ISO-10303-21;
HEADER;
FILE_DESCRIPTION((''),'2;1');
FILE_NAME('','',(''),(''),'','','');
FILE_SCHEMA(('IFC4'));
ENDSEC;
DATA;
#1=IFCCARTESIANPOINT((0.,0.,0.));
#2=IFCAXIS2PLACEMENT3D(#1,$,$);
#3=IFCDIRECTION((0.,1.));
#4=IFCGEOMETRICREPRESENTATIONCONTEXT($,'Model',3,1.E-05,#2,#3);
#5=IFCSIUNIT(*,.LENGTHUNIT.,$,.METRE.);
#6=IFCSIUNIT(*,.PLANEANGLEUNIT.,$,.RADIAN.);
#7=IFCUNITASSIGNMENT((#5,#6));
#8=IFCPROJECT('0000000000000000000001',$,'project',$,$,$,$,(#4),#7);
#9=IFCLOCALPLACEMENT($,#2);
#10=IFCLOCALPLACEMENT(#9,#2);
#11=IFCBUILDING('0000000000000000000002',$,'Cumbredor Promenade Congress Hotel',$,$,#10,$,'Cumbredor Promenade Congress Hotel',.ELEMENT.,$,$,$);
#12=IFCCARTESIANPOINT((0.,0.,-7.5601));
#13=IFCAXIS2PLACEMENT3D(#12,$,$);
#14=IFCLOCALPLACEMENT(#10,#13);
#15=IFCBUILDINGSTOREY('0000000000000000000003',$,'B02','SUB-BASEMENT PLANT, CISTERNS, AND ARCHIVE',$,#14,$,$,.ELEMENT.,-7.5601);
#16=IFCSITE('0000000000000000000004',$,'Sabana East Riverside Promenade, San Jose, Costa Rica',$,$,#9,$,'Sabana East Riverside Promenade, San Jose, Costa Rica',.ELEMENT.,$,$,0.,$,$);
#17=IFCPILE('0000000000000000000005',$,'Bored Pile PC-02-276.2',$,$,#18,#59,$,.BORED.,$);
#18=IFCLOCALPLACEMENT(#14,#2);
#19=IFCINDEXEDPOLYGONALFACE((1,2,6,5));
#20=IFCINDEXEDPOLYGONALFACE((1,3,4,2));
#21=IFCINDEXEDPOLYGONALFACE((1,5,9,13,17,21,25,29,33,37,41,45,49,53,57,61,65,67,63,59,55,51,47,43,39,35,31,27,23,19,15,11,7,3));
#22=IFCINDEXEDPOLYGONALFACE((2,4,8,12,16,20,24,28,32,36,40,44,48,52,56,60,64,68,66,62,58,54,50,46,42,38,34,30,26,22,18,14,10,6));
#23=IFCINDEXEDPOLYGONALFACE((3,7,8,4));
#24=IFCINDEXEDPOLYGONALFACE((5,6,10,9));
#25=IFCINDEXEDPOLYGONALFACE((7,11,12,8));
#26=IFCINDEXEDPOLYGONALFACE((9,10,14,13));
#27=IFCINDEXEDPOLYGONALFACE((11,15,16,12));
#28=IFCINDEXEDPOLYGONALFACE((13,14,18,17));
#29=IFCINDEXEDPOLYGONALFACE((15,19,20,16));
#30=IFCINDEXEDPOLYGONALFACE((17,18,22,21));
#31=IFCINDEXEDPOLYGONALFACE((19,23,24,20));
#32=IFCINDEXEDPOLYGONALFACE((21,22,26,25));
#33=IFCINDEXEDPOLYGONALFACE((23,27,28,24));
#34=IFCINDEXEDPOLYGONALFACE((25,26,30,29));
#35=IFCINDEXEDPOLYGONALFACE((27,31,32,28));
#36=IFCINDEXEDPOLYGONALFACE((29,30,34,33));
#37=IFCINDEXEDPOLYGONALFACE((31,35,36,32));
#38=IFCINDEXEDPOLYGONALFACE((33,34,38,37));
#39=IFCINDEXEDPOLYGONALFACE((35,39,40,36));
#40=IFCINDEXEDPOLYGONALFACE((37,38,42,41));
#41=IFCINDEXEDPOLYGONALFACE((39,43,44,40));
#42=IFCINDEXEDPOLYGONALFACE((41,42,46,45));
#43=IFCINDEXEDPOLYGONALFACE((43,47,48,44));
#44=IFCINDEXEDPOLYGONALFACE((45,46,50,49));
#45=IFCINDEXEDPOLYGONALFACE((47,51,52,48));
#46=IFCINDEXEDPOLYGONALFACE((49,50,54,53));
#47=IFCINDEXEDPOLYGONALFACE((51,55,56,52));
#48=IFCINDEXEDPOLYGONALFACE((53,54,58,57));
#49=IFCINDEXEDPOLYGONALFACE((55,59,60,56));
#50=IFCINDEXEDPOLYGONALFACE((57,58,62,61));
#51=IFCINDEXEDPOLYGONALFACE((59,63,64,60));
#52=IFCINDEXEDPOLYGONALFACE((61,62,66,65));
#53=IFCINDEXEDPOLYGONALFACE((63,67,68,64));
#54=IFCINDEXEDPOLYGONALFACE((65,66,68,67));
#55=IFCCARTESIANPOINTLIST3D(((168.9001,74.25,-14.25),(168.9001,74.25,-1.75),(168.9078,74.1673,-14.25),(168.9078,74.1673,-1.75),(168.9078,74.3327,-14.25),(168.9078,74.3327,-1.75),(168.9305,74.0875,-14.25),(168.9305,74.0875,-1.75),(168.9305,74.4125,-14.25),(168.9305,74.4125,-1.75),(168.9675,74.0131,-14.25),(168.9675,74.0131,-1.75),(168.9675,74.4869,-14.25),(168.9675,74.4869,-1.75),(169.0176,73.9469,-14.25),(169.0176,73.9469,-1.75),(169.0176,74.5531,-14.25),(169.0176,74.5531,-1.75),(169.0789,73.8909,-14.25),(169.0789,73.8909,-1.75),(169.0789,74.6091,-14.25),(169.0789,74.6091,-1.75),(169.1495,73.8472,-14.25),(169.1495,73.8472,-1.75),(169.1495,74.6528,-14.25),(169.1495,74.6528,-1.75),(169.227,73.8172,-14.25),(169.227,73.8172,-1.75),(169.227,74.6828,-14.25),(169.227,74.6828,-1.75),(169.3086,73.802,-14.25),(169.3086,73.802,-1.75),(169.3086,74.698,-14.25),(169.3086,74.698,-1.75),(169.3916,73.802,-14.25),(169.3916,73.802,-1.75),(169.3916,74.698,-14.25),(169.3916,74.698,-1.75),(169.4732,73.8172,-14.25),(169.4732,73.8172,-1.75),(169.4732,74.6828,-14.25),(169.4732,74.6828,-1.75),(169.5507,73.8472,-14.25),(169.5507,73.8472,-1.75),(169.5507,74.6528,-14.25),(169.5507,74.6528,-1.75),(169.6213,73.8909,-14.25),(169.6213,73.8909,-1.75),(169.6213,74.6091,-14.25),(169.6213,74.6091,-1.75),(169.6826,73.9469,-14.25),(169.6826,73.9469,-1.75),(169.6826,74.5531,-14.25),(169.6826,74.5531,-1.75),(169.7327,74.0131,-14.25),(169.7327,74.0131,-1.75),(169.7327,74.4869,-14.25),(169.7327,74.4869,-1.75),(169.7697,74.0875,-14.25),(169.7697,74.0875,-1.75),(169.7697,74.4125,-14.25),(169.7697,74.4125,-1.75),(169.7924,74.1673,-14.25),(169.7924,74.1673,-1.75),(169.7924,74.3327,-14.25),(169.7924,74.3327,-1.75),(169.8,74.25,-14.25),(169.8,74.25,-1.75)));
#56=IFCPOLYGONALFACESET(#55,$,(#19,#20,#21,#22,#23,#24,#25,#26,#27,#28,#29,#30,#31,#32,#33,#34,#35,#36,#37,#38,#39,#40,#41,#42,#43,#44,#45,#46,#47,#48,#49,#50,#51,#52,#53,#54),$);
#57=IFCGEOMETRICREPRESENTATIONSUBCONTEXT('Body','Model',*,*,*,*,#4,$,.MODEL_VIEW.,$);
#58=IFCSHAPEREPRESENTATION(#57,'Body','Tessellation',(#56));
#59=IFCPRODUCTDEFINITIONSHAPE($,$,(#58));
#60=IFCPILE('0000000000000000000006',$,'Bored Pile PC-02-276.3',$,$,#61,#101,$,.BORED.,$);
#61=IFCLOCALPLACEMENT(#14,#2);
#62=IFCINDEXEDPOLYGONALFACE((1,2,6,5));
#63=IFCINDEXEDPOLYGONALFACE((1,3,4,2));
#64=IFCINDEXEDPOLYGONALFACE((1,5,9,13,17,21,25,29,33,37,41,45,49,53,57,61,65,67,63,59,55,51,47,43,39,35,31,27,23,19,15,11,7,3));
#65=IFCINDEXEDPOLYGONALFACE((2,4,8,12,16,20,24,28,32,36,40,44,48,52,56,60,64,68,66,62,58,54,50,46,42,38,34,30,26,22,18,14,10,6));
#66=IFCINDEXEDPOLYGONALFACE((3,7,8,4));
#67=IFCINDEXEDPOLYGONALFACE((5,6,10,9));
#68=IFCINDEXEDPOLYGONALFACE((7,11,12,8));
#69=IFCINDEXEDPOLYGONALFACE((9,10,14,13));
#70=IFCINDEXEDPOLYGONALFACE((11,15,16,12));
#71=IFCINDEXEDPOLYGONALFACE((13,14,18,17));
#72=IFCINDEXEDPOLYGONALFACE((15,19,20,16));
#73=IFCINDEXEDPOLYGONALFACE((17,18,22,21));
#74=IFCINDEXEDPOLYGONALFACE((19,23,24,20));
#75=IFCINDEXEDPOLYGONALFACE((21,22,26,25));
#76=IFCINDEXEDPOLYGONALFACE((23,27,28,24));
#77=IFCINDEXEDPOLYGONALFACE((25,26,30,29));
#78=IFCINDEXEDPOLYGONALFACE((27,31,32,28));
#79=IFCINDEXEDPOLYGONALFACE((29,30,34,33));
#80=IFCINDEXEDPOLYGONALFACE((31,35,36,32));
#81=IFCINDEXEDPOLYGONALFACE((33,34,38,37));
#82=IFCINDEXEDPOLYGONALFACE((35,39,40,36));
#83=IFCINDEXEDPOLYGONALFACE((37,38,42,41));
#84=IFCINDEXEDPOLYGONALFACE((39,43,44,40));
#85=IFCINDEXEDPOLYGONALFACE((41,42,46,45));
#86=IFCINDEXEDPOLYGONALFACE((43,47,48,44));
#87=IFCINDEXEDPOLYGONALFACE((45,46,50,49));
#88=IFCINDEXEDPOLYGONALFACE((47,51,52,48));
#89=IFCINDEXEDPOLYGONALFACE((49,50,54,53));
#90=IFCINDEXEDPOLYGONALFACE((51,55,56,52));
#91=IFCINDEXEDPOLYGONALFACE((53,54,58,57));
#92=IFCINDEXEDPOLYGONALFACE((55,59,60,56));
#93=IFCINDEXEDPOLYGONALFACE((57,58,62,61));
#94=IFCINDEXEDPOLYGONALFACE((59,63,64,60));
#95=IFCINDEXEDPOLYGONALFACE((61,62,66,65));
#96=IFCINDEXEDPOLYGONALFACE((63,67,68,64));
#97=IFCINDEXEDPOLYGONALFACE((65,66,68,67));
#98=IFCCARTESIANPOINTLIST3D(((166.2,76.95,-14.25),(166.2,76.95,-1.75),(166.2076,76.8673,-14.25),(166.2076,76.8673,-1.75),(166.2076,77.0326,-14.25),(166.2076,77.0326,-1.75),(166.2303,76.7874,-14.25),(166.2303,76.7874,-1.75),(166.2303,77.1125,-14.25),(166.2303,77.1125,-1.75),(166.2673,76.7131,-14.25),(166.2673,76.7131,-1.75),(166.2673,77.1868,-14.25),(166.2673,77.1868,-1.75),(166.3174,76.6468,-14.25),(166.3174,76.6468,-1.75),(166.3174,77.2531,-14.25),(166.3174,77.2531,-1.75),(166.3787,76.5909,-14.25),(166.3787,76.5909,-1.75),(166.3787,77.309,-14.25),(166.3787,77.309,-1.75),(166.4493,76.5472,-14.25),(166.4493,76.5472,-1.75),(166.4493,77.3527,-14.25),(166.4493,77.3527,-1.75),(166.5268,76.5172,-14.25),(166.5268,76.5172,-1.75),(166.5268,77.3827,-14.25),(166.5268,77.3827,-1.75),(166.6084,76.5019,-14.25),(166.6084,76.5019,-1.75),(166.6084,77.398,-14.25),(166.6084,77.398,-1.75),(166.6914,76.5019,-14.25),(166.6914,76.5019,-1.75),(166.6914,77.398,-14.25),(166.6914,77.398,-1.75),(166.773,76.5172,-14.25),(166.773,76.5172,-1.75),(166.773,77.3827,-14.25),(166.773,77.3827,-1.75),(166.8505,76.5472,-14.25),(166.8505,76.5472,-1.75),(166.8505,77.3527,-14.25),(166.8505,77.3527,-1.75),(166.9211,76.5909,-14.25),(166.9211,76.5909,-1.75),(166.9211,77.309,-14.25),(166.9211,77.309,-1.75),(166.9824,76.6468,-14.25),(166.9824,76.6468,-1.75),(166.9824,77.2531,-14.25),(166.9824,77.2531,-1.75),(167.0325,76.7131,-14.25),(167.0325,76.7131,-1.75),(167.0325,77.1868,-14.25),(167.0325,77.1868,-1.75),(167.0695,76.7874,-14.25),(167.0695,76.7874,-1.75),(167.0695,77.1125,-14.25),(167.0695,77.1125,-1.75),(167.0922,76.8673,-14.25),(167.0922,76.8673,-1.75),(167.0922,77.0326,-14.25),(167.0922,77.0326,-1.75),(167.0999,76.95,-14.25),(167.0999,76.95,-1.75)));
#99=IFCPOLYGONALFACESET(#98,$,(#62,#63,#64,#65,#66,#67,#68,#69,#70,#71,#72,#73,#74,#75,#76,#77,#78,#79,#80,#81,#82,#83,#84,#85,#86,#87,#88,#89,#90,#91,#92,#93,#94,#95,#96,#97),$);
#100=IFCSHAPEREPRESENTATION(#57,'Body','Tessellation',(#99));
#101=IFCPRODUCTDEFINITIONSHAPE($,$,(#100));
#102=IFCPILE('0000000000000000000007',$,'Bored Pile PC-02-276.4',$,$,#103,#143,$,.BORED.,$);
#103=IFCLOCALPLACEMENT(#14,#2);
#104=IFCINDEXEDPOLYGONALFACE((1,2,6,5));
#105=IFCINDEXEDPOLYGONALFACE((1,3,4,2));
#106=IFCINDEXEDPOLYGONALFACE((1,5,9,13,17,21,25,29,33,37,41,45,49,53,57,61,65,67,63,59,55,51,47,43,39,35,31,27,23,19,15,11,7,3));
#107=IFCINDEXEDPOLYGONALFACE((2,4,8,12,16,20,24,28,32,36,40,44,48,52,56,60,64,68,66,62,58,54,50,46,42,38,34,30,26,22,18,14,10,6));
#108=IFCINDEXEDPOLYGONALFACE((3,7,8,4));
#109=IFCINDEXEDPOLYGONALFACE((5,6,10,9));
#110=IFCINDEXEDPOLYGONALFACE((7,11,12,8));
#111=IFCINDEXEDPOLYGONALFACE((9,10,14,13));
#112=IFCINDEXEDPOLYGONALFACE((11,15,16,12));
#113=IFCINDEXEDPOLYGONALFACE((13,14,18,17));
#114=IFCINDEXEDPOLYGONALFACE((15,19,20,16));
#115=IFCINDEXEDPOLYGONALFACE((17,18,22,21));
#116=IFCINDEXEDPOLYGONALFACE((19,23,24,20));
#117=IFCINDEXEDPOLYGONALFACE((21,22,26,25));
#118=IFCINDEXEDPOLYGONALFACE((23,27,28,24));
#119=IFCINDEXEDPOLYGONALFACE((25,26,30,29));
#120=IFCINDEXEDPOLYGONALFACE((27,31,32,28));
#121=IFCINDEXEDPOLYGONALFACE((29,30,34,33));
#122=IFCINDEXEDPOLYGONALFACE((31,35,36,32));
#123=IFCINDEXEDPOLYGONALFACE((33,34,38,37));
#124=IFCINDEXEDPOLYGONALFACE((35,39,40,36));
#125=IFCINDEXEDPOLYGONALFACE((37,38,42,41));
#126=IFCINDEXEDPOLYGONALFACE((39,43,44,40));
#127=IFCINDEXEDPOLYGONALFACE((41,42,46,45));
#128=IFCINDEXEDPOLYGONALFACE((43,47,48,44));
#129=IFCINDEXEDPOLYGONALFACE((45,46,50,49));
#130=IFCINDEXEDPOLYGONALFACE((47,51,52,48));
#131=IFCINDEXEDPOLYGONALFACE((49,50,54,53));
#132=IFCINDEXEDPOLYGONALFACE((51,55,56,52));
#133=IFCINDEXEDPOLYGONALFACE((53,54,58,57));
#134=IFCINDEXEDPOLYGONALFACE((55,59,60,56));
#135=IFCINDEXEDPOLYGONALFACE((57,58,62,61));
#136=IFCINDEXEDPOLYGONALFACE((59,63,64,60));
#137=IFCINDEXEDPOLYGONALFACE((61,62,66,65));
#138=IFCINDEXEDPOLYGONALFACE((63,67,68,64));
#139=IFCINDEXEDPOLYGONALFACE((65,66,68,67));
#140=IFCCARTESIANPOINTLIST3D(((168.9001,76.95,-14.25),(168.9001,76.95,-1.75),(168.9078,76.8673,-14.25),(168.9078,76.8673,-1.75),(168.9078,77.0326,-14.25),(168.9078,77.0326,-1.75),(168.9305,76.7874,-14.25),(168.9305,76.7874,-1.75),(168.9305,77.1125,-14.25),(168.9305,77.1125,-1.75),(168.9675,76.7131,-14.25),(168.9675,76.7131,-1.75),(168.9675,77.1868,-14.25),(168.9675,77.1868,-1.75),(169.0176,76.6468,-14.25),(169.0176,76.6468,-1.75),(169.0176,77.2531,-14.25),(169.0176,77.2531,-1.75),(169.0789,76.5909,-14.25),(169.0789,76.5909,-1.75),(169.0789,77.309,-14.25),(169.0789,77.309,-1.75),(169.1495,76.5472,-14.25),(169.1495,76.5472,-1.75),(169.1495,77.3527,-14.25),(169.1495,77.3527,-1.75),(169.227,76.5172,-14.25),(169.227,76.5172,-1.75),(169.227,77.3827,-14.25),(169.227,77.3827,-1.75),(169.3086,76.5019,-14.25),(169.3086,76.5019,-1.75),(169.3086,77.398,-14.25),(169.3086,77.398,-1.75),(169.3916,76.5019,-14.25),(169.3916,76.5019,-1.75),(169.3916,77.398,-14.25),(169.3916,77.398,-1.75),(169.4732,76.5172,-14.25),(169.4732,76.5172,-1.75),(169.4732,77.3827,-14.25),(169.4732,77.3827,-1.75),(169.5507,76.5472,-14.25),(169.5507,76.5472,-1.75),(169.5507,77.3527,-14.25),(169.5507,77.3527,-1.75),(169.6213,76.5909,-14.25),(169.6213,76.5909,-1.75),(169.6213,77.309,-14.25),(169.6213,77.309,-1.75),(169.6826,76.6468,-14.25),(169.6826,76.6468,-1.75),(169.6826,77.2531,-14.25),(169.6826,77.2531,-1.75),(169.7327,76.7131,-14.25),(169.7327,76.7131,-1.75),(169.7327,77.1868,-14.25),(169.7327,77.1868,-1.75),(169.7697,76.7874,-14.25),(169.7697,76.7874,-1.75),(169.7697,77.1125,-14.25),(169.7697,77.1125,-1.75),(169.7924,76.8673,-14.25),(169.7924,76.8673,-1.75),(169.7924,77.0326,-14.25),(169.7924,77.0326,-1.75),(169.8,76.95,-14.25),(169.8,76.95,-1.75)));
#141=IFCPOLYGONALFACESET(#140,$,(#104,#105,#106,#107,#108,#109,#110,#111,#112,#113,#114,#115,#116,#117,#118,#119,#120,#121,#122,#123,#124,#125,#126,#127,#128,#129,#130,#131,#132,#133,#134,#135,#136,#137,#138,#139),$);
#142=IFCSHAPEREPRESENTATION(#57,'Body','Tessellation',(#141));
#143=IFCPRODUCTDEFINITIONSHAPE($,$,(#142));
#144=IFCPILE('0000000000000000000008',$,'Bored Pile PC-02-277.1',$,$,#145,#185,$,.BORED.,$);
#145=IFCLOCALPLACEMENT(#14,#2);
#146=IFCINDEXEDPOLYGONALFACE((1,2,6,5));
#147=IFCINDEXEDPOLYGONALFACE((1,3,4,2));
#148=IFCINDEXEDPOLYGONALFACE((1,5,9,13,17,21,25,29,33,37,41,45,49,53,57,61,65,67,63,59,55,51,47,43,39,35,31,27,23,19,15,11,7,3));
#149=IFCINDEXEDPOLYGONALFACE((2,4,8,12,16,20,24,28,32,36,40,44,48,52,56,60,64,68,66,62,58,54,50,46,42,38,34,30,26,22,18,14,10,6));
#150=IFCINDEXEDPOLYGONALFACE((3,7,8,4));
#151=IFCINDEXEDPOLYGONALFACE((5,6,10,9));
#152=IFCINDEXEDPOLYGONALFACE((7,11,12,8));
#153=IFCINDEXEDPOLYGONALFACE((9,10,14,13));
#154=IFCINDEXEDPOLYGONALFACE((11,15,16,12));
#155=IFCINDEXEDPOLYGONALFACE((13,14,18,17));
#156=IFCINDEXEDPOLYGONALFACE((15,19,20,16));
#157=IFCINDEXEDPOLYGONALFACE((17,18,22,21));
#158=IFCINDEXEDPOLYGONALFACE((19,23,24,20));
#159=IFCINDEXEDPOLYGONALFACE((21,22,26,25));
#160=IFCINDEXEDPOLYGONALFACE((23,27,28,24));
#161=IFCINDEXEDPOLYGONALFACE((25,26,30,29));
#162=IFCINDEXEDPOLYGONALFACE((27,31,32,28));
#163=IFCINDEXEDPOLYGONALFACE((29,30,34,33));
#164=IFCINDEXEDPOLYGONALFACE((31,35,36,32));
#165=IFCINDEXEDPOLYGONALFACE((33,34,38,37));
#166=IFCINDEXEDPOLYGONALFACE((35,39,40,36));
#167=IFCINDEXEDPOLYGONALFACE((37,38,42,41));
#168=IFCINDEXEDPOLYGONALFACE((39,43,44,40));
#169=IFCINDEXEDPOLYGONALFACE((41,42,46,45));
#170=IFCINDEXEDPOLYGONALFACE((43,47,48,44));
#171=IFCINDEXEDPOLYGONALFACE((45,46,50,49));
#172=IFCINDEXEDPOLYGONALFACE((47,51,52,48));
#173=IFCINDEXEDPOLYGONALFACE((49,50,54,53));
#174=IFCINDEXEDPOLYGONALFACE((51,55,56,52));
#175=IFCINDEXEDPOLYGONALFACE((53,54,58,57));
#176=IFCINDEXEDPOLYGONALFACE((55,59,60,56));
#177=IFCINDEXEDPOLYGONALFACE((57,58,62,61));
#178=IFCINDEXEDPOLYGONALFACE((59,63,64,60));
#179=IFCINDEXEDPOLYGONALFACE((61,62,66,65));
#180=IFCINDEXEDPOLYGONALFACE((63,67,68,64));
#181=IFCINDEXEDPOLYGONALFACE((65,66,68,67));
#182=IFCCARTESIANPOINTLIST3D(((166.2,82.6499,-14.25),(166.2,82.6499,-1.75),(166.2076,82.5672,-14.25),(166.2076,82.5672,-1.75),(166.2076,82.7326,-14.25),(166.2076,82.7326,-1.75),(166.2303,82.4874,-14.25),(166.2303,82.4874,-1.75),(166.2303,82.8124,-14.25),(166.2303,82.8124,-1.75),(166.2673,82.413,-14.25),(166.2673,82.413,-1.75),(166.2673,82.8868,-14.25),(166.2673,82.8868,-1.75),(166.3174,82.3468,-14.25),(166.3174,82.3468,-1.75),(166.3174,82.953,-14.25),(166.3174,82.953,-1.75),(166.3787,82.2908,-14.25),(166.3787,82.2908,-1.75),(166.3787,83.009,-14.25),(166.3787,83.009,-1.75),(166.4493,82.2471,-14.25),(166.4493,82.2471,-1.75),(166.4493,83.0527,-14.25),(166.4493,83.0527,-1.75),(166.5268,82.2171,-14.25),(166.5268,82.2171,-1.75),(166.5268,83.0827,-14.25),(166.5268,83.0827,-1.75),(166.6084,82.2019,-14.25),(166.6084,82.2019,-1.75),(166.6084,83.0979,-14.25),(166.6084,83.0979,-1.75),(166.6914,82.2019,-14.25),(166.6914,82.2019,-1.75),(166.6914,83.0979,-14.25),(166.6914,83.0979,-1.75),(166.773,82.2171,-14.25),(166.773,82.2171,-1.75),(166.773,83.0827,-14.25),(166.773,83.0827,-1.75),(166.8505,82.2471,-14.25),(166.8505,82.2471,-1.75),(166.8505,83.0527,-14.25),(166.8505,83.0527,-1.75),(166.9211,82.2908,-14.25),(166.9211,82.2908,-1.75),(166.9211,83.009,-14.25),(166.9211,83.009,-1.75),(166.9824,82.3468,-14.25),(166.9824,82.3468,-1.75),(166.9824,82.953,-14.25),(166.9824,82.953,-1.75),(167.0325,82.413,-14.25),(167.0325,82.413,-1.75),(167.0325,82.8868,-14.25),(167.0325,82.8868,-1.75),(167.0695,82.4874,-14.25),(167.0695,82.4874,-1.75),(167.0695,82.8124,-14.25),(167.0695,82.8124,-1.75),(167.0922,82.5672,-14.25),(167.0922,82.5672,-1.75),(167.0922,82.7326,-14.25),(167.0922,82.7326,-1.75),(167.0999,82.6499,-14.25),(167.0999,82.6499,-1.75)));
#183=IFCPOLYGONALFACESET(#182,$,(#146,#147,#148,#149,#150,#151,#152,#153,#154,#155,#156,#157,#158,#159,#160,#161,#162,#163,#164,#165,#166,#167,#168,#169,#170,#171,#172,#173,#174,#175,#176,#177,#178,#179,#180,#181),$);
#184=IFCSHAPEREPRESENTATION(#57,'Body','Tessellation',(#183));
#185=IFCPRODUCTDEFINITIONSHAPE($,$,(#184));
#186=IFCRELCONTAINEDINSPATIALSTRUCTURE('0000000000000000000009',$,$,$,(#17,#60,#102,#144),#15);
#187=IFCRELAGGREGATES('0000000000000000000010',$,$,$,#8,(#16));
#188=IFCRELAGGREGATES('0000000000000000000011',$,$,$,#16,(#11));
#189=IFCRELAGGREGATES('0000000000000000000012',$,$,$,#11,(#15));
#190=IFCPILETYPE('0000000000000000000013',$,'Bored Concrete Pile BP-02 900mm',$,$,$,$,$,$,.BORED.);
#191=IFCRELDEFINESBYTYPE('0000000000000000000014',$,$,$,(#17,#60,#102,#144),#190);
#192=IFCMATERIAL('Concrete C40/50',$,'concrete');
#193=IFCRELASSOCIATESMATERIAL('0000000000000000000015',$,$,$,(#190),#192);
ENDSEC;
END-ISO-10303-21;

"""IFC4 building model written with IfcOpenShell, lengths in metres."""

from ifc_helpers import new_model, si_unit, direction, frame, origin, origin_2d, place, context, subcontext, project, spatial, circle, extrude, material, material_profile, profile_set, type_object, element, save


model = new_model("IFC4")

# Units and contexts
model_context = context("Model", 3, precision=1e-05, world=origin(), true_north=direction((0.0, 1.0)))
body_context = subcontext(model_context, "Body", "Model", "MODEL_VIEW")
ifc_project = project(units=[si_unit("LENGTHUNIT", "METRE"), si_unit("PLANEANGLEUNIT", "RADIAN")], contexts=[model_context])

# Site, building, storey
site_placement = place(None, origin())
site = spatial("IfcSite", under=ifc_project, at=site_placement, Name="Sabana East Riverside Promenade, San Jose, Costa Rica", LongName="Sabana East Riverside Promenade, San Jose, Costa Rica", CompositionType="ELEMENT", RefElevation=0.0)
building_placement = place(site_placement, origin())
building = spatial("IfcBuilding", under=site, at=building_placement, Name="Cumbredor Promenade Congress Hotel", LongName="Cumbredor Promenade Congress Hotel", CompositionType="ELEMENT")
storey_placement = place(building_placement, frame((0.0, 0.0, -7.5601)))
storey = spatial("IfcBuildingStorey", under=building, at=storey_placement, Name="B02", Description="SUB-BASEMENT PLANT, CISTERNS, AND ARCHIVE", CompositionType="ELEMENT", Elevation=-7.5601)

# Piles
ifc_material_1 = material(Name="Concrete C40/50", Category="concrete")
ifc_material_profile_1 = material_profile(ifc_material_1, circle(Radius=0.45, at=origin_2d()), Name="PILE D900")
ifc_profile_set_1 = profile_set([ifc_material_profile_1], Name="Concrete C40/50")
pile_type = type_object("IfcPileType", Name="Bored Concrete Pile BP-02 900mm", PredefinedType="BORED", material=ifc_profile_set_1)
for number, where, z_axis, x_axis, name in (
    (1, (169.3501, 74.25, -1.75), (0.0, 0.0, -1.0), (1.0, 0.0, 0.0), "Bored Pile PC-02-276.2"),
    (2, (166.6499, 76.95, -1.75), (0.0, 0.0, -1.0), (1.0, 0.0, 0.0), "Bored Pile PC-02-276.3"),
    (3, (169.3501, 76.95, -1.75), (0.0, 0.0, -1.0), (1.0, 0.0, 0.0), "Bored Pile PC-02-276.4"),
    (4, (166.6499, 82.6499, -1.75), (0.0, 0.0, -1.0), (1.0, 0.0, 0.0), "Bored Pile PC-02-277.1"),
):
    element("IfcPile", number, at=place(storey_placement, frame(where, z_axis=z_axis, x_axis=x_axis)), inside=storey, type_object=pile_type, Name=name, PredefinedType="BORED", context=body_context, shape_type="SweptSolid", body=[
        extrude(circle(Radius=0.45, at=origin_2d()), origin(), (0.0, 0.0, 1.0), 12.5),
    ])

save(model, "model.ifc")
